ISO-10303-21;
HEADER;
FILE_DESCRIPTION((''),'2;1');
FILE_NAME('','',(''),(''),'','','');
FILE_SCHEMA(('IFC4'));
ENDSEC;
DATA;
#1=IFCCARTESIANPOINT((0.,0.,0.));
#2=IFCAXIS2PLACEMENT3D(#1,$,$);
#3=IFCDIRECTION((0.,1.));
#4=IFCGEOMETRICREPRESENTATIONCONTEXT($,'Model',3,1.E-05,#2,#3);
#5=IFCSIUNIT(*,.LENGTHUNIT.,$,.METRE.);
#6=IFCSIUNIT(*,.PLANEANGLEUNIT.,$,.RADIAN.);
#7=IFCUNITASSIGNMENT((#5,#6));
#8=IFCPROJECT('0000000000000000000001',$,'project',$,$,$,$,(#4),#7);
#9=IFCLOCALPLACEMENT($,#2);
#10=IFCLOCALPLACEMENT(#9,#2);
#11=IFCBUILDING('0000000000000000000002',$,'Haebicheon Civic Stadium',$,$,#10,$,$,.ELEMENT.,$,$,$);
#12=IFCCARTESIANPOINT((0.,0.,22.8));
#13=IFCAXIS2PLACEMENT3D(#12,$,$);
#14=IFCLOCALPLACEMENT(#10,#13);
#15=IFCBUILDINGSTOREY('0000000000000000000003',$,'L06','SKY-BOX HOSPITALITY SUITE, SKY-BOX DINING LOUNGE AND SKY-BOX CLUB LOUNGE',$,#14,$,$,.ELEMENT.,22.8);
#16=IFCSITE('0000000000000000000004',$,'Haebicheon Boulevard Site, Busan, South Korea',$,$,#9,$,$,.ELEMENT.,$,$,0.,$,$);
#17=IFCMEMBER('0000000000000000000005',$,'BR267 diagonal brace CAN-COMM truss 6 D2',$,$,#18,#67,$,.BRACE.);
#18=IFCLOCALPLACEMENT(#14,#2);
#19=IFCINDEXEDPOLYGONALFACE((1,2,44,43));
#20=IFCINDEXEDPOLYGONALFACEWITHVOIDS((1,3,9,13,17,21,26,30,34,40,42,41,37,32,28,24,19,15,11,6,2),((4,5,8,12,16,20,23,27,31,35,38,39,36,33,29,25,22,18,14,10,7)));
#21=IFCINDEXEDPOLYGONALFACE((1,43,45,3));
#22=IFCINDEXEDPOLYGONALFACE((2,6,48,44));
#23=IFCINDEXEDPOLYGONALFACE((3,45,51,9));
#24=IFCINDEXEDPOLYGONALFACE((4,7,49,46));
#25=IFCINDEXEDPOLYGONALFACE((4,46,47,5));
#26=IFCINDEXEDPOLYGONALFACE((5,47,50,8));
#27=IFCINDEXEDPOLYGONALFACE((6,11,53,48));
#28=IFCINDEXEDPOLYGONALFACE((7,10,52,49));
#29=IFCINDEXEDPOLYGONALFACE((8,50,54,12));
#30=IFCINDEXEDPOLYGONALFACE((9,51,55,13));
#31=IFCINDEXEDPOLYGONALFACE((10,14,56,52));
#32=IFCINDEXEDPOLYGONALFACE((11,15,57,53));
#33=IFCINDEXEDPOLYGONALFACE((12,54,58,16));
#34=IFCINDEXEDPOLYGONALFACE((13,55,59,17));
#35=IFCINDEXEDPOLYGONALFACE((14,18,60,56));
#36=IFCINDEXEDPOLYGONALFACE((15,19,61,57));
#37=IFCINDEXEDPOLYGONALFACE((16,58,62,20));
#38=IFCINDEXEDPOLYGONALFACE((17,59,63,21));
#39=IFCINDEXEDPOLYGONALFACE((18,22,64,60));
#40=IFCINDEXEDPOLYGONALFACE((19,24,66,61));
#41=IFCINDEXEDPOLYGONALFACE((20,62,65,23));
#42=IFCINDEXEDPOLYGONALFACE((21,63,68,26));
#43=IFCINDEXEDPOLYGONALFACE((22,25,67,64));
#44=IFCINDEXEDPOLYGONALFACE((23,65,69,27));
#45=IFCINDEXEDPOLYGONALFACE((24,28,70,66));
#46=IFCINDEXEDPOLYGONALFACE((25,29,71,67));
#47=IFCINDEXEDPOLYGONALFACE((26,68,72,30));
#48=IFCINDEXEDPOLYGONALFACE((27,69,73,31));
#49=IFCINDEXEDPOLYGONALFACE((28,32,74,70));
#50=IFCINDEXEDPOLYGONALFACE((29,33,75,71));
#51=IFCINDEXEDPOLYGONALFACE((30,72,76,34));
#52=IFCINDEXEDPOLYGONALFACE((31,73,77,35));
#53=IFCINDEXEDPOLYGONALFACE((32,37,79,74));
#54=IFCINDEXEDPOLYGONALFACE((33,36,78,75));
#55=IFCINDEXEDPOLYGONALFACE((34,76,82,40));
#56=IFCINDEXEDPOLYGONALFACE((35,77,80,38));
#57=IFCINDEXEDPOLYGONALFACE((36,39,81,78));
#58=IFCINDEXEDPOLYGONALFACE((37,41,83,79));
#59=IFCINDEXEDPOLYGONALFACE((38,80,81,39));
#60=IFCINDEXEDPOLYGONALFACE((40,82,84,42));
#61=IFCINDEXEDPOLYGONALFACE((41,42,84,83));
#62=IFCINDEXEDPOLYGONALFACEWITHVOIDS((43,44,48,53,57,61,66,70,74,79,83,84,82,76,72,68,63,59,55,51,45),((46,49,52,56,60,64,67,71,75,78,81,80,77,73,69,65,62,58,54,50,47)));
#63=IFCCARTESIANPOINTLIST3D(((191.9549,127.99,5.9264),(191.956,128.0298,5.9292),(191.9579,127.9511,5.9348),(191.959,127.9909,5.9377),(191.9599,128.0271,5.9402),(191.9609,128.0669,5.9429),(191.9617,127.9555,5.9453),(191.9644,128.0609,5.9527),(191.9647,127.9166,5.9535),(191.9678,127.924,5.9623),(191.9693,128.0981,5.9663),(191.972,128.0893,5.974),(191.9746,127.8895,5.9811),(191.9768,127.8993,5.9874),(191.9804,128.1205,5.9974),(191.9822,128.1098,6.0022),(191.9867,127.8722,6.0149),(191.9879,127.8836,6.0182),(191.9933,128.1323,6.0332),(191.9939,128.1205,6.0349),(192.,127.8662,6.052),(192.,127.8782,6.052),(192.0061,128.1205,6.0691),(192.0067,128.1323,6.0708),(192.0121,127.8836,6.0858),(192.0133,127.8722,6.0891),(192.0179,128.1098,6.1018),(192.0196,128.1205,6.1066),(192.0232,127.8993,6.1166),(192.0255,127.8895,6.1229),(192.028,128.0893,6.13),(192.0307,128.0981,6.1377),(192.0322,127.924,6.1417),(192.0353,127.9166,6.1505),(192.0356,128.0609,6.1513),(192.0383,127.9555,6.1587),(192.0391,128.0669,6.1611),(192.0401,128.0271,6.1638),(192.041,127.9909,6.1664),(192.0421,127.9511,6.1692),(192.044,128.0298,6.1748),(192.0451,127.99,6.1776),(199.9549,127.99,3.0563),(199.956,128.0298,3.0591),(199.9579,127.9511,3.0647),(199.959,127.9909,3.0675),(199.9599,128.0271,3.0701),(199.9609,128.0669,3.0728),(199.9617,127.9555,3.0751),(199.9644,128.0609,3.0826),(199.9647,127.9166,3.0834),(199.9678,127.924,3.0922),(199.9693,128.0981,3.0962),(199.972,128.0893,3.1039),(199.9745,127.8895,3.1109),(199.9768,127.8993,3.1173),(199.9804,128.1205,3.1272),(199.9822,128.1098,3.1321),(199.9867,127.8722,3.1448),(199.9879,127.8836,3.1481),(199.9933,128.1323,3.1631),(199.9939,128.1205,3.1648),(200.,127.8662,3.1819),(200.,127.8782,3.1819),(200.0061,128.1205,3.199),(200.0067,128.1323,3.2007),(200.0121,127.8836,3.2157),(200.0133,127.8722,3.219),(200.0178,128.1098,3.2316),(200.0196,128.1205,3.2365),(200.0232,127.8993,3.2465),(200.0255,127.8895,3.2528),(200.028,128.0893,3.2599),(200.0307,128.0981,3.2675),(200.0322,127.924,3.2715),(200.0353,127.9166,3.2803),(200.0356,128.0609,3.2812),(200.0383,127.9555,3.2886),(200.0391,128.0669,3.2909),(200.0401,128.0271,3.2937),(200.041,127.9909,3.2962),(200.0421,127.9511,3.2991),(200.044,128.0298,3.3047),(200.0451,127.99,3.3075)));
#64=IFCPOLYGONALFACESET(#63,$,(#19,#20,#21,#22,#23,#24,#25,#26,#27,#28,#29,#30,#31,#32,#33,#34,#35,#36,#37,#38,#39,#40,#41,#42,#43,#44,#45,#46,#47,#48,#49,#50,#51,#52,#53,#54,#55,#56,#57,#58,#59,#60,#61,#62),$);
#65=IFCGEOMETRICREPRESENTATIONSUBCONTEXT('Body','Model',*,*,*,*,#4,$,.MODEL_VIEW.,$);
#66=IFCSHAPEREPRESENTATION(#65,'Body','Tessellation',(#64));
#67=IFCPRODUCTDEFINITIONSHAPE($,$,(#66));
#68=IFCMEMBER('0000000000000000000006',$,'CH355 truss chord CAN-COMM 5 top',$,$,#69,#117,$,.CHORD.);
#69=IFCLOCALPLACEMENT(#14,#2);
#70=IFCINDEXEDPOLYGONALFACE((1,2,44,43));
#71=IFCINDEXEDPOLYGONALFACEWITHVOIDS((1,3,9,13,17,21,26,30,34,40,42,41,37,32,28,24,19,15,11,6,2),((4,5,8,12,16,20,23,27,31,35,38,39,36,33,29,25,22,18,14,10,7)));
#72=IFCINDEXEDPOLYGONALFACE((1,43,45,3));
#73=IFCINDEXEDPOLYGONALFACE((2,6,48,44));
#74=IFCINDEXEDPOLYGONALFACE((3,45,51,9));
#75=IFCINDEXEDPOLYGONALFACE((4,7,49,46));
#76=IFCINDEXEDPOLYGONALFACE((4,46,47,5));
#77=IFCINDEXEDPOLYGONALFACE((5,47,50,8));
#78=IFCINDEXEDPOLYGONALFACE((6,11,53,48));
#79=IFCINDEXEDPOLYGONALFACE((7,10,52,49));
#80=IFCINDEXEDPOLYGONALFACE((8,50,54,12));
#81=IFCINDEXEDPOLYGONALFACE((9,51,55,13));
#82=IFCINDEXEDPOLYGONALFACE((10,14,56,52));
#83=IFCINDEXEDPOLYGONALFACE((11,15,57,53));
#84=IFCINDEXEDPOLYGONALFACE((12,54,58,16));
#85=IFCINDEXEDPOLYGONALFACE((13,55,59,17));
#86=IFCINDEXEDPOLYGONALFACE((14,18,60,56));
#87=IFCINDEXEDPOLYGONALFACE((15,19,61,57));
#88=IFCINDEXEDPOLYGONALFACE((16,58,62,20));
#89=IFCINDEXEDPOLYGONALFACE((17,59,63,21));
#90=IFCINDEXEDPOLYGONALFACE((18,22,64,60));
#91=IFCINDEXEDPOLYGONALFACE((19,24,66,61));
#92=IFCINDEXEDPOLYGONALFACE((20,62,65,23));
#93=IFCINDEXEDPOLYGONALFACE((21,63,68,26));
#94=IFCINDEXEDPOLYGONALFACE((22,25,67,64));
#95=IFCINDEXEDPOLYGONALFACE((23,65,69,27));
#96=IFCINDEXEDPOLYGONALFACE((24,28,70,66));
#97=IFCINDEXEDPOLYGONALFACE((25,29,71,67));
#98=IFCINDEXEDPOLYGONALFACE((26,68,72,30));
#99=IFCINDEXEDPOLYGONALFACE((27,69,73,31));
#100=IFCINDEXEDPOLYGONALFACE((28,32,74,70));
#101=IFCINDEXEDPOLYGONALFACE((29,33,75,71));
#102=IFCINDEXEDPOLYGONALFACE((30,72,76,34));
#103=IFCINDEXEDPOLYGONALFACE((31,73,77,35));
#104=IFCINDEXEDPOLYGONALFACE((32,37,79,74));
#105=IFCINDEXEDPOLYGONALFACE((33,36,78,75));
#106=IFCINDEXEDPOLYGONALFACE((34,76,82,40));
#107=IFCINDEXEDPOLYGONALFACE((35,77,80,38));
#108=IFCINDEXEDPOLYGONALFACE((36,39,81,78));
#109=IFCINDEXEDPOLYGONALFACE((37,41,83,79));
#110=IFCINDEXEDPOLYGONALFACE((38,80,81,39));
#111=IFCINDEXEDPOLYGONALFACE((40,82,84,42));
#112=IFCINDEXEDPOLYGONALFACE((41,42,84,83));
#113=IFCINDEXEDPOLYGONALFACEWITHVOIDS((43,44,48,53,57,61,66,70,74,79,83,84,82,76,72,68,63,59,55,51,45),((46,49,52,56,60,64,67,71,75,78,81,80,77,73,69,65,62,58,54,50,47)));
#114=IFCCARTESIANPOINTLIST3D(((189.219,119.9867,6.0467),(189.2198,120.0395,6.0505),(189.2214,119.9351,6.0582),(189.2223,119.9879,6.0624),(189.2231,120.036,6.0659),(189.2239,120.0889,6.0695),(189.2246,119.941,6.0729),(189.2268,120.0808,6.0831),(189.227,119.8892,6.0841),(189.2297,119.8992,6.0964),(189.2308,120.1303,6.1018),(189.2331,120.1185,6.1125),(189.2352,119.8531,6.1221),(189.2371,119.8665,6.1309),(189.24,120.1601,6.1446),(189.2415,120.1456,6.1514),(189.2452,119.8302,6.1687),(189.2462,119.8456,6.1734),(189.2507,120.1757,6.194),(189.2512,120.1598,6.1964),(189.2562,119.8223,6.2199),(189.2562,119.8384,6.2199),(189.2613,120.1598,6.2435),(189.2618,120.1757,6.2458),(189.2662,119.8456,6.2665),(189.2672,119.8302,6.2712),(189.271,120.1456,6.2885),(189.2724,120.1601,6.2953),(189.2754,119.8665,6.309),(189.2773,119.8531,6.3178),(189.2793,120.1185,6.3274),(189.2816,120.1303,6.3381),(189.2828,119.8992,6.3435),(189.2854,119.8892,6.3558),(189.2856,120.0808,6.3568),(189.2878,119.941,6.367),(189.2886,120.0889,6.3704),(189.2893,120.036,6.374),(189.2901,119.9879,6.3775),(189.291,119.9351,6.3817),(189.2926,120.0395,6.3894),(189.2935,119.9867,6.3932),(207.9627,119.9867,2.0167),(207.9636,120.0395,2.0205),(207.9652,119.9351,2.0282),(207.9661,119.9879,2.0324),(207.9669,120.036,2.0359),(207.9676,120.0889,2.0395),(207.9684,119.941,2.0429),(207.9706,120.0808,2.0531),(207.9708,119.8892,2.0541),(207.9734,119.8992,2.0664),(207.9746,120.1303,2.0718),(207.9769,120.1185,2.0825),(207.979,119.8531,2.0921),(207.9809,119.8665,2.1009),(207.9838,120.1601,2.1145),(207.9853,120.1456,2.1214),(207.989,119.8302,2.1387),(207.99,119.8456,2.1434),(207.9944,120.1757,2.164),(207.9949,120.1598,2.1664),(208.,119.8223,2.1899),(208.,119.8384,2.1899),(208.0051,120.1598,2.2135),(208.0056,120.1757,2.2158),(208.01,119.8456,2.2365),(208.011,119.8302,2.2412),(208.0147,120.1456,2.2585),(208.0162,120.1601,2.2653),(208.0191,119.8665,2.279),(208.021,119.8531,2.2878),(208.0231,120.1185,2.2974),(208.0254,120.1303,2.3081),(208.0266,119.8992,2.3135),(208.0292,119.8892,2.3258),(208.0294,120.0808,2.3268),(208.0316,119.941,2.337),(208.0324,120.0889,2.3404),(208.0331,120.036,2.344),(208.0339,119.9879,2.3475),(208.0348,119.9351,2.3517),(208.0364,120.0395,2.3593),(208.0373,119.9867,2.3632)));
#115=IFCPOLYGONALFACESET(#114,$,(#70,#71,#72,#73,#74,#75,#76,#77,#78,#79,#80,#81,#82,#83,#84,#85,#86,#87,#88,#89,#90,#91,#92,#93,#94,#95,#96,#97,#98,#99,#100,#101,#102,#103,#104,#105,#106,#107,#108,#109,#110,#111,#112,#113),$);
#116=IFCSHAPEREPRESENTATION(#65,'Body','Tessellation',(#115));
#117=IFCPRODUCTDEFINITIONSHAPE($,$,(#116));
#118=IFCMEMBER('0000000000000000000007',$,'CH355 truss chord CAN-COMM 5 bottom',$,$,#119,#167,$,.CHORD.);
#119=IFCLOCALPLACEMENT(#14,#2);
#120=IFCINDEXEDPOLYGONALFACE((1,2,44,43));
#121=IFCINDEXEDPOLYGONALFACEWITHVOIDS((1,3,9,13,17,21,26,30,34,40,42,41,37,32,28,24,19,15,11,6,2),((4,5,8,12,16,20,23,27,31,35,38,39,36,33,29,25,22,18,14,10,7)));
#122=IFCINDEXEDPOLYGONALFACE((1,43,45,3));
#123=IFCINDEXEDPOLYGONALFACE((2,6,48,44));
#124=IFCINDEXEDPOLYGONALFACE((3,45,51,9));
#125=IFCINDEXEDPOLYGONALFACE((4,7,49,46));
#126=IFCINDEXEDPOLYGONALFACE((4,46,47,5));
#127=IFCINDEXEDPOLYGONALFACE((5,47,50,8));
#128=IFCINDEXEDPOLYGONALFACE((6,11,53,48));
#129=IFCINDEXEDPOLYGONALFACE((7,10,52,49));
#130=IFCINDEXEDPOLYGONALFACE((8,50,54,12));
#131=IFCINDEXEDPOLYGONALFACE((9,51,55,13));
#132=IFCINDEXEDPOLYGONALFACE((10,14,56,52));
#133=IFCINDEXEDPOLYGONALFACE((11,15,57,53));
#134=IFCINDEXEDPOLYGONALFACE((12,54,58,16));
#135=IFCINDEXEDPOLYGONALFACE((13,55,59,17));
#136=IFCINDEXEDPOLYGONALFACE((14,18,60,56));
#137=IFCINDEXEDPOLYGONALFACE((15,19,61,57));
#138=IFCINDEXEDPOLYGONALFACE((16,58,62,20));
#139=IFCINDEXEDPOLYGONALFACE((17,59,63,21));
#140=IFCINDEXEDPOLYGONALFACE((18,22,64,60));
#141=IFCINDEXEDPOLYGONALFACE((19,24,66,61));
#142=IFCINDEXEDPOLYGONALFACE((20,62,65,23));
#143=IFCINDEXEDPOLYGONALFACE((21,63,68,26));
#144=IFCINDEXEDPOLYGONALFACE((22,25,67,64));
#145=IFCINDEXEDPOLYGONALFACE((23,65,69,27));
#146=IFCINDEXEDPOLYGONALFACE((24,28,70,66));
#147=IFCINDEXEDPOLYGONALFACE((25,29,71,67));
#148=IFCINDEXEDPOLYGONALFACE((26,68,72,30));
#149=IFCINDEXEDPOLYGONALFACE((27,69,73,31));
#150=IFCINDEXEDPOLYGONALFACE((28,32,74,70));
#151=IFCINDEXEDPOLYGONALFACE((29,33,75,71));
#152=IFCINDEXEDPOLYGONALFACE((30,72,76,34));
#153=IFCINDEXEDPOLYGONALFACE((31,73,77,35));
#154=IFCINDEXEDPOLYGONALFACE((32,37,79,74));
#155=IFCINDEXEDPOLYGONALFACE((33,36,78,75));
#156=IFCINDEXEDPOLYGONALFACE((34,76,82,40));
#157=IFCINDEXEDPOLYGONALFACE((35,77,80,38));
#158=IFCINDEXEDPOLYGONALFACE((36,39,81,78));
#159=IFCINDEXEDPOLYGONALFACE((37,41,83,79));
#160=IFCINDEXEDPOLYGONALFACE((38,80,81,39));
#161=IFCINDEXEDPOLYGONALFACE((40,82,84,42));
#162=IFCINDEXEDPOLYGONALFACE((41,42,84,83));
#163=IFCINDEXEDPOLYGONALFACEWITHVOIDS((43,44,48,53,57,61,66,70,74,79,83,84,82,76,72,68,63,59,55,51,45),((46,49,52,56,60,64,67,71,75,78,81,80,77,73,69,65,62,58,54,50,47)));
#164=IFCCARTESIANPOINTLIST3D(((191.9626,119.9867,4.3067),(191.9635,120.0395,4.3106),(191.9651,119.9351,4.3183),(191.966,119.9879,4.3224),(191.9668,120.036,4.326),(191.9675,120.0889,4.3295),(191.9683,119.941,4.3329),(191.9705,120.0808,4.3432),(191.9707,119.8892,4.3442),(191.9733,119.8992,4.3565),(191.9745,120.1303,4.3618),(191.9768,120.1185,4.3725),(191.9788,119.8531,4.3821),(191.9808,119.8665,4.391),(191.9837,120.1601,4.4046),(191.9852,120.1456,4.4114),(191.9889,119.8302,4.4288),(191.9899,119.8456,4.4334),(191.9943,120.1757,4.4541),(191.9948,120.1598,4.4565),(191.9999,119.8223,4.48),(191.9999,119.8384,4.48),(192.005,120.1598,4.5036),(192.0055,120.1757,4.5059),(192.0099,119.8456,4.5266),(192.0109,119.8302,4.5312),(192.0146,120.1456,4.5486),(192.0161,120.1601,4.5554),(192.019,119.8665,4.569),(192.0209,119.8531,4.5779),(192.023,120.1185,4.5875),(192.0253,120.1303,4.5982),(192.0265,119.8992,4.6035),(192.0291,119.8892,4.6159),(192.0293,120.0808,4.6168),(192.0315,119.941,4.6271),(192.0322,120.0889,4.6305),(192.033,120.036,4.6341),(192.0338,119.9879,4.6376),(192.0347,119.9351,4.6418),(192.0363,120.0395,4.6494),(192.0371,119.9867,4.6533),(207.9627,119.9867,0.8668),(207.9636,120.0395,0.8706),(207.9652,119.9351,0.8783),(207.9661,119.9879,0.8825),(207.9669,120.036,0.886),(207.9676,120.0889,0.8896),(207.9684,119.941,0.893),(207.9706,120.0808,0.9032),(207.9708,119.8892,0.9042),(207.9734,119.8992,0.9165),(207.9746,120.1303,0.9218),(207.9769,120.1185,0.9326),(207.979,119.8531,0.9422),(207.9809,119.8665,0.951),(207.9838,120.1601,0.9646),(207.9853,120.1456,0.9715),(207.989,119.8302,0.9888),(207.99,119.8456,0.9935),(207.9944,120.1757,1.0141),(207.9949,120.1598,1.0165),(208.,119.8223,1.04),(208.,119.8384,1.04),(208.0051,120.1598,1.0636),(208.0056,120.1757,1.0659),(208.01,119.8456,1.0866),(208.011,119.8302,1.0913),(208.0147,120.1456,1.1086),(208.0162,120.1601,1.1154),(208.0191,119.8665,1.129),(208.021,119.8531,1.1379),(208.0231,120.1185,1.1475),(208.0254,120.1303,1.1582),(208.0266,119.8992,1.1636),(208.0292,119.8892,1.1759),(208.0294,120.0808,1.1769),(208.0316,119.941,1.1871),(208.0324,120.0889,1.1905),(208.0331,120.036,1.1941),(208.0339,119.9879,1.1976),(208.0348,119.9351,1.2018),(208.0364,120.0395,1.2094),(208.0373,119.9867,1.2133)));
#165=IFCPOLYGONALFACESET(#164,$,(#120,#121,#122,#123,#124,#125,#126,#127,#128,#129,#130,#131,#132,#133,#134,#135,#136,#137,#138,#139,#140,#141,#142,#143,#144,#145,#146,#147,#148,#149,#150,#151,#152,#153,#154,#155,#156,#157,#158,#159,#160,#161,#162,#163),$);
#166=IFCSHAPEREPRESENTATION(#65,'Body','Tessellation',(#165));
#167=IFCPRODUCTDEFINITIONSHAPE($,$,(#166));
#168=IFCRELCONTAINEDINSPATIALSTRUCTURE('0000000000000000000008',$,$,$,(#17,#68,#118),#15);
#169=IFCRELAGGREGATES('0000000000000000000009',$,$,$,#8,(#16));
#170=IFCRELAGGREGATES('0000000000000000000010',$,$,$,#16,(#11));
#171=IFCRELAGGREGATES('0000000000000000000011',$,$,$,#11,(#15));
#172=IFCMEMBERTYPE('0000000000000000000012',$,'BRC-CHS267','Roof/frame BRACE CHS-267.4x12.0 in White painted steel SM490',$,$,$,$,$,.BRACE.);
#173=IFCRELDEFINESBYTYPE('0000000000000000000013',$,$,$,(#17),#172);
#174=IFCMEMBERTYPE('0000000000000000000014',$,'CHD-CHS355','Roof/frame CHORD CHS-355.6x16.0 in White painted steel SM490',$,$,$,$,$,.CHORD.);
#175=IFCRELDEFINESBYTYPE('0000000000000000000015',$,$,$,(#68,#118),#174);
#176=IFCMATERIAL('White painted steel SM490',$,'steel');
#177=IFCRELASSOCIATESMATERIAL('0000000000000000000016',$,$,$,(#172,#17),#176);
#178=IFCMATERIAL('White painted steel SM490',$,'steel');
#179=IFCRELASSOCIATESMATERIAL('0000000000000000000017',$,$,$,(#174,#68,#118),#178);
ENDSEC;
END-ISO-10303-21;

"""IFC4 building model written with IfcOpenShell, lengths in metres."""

from ifc_helpers import new_model, si_unit, direction, frame, origin, origin_2d, place, context, subcontext, project, spatial, hollow_circle, extrude, material, material_profile, profile_set, type_object, element, save


model = new_model("IFC4")

# Units and contexts
model_context = context("Model", 3, precision=1e-05, world=origin(), true_north=direction((0.0, 1.0)))
body_context = subcontext(model_context, "Body", "Model", "MODEL_VIEW")
ifc_project = project(units=[si_unit("LENGTHUNIT", "METRE"), si_unit("PLANEANGLEUNIT", "RADIAN")], contexts=[model_context])

# Site, building, storey
site_placement = place(None, origin())
site = spatial("IfcSite", under=ifc_project, at=site_placement, Name="Haebicheon Boulevard Site, Busan, South Korea", CompositionType="ELEMENT", RefElevation=0.0)
building_placement = place(site_placement, origin())
building = spatial("IfcBuilding", under=site, at=building_placement, Name="Haebicheon Civic Stadium", CompositionType="ELEMENT")
storey_placement = place(building_placement, frame((0.0, 0.0, 22.8)))
storey = spatial("IfcBuildingStorey", under=building, at=storey_placement, Name="L06", Description="SKY-BOX HOSPITALITY SUITE, SKY-BOX DINING LOUNGE AND SKY-BOX CLUB LOUNGE", CompositionType="ELEMENT", Elevation=22.8)

# Members
ifc_material_1 = material(Name="White painted steel SM490", Category="steel")
ifc_material_profile_1 = material_profile(ifc_material_1, hollow_circle(Radius=0.1338, WallThickness=0.012, at=origin_2d()), Name="CHS-267.4x12.0")
ifc_profile_set_1 = profile_set([ifc_material_profile_1], Name="White painted steel SM490")
member_type_1 = type_object("IfcMemberType", Name="BRC-CHS267", Description="Roof/frame BRACE CHS-267.4x12.0 in White painted steel SM490", PredefinedType="BRACE", material=ifc_profile_set_1)
for number, where, z_axis, x_axis, name in (
    (1, (200.0, 128.0, 3.1819), (-0.941257, 0.0, 0.33769), (0.0, -1.0, 0.0), "BR267 diagonal brace CAN-COMM truss 6 D2"),
):
    element("IfcMember", number, at=place(storey_placement, frame(where, z_axis=z_axis, x_axis=x_axis)), inside=storey, type_object=member_type_1, material=ifc_profile_set_1, Name=name, PredefinedType="BRACE", context=body_context, shape_type="SweptSolid", body=[
        extrude(hollow_circle(Radius=0.1338, WallThickness=0.012, at=origin_2d()), origin(), (0.0, 0.0, 1.0), 8.4993),
    ])
ifc_material_2 = material(Name="White painted steel SM490", Category="steel")
ifc_material_profile_2 = material_profile(ifc_material_2, hollow_circle(Radius=0.1777, WallThickness=0.0161, at=origin_2d()), Name="CHS-355.6x16.0")
ifc_profile_set_2 = profile_set([ifc_material_profile_2], Name="White painted steel SM490")
member_type_2 = type_object("IfcMemberType", Name="CHD-CHS355", Description="Roof/frame CHORD CHS-355.6x16.0 in White painted steel SM490", PredefinedType="CHORD", material=ifc_profile_set_2)
member_1_placement = place(storey_placement, frame((208.0, 120.0, 2.1899), z_axis=(-0.977658, 0.0, 0.210201), x_axis=(0.0, -1.0, 0.0)))
element("IfcMember", 2, at=member_1_placement, inside=storey, type_object=member_type_2, material=ifc_profile_set_2, Name="CH355 truss chord CAN-COMM 5 top", PredefinedType="CHORD", context=body_context, shape_type="SweptSolid", body=[
    extrude(hollow_circle(Radius=0.1777, WallThickness=0.0161, at=origin_2d()), origin(), (0.0, 0.0, 1.0), 19.1721),
])
member_2_placement = place(storey_placement, frame((208.0, 120.0, 1.04), z_axis=(-0.97766, 0.0, 0.210193), x_axis=(0.0, -1.0, 0.0)))
element("IfcMember", 3, at=member_2_placement, inside=storey, type_object=member_type_2, material=ifc_profile_set_2, Name="CH355 truss chord CAN-COMM 5 bottom", PredefinedType="CHORD", context=body_context, shape_type="SweptSolid", body=[
    extrude(hollow_circle(Radius=0.1777, WallThickness=0.0161, at=origin_2d()), origin(), (0.0, 0.0, 1.0), 16.3657),
])

save(model, "model.ifc")
